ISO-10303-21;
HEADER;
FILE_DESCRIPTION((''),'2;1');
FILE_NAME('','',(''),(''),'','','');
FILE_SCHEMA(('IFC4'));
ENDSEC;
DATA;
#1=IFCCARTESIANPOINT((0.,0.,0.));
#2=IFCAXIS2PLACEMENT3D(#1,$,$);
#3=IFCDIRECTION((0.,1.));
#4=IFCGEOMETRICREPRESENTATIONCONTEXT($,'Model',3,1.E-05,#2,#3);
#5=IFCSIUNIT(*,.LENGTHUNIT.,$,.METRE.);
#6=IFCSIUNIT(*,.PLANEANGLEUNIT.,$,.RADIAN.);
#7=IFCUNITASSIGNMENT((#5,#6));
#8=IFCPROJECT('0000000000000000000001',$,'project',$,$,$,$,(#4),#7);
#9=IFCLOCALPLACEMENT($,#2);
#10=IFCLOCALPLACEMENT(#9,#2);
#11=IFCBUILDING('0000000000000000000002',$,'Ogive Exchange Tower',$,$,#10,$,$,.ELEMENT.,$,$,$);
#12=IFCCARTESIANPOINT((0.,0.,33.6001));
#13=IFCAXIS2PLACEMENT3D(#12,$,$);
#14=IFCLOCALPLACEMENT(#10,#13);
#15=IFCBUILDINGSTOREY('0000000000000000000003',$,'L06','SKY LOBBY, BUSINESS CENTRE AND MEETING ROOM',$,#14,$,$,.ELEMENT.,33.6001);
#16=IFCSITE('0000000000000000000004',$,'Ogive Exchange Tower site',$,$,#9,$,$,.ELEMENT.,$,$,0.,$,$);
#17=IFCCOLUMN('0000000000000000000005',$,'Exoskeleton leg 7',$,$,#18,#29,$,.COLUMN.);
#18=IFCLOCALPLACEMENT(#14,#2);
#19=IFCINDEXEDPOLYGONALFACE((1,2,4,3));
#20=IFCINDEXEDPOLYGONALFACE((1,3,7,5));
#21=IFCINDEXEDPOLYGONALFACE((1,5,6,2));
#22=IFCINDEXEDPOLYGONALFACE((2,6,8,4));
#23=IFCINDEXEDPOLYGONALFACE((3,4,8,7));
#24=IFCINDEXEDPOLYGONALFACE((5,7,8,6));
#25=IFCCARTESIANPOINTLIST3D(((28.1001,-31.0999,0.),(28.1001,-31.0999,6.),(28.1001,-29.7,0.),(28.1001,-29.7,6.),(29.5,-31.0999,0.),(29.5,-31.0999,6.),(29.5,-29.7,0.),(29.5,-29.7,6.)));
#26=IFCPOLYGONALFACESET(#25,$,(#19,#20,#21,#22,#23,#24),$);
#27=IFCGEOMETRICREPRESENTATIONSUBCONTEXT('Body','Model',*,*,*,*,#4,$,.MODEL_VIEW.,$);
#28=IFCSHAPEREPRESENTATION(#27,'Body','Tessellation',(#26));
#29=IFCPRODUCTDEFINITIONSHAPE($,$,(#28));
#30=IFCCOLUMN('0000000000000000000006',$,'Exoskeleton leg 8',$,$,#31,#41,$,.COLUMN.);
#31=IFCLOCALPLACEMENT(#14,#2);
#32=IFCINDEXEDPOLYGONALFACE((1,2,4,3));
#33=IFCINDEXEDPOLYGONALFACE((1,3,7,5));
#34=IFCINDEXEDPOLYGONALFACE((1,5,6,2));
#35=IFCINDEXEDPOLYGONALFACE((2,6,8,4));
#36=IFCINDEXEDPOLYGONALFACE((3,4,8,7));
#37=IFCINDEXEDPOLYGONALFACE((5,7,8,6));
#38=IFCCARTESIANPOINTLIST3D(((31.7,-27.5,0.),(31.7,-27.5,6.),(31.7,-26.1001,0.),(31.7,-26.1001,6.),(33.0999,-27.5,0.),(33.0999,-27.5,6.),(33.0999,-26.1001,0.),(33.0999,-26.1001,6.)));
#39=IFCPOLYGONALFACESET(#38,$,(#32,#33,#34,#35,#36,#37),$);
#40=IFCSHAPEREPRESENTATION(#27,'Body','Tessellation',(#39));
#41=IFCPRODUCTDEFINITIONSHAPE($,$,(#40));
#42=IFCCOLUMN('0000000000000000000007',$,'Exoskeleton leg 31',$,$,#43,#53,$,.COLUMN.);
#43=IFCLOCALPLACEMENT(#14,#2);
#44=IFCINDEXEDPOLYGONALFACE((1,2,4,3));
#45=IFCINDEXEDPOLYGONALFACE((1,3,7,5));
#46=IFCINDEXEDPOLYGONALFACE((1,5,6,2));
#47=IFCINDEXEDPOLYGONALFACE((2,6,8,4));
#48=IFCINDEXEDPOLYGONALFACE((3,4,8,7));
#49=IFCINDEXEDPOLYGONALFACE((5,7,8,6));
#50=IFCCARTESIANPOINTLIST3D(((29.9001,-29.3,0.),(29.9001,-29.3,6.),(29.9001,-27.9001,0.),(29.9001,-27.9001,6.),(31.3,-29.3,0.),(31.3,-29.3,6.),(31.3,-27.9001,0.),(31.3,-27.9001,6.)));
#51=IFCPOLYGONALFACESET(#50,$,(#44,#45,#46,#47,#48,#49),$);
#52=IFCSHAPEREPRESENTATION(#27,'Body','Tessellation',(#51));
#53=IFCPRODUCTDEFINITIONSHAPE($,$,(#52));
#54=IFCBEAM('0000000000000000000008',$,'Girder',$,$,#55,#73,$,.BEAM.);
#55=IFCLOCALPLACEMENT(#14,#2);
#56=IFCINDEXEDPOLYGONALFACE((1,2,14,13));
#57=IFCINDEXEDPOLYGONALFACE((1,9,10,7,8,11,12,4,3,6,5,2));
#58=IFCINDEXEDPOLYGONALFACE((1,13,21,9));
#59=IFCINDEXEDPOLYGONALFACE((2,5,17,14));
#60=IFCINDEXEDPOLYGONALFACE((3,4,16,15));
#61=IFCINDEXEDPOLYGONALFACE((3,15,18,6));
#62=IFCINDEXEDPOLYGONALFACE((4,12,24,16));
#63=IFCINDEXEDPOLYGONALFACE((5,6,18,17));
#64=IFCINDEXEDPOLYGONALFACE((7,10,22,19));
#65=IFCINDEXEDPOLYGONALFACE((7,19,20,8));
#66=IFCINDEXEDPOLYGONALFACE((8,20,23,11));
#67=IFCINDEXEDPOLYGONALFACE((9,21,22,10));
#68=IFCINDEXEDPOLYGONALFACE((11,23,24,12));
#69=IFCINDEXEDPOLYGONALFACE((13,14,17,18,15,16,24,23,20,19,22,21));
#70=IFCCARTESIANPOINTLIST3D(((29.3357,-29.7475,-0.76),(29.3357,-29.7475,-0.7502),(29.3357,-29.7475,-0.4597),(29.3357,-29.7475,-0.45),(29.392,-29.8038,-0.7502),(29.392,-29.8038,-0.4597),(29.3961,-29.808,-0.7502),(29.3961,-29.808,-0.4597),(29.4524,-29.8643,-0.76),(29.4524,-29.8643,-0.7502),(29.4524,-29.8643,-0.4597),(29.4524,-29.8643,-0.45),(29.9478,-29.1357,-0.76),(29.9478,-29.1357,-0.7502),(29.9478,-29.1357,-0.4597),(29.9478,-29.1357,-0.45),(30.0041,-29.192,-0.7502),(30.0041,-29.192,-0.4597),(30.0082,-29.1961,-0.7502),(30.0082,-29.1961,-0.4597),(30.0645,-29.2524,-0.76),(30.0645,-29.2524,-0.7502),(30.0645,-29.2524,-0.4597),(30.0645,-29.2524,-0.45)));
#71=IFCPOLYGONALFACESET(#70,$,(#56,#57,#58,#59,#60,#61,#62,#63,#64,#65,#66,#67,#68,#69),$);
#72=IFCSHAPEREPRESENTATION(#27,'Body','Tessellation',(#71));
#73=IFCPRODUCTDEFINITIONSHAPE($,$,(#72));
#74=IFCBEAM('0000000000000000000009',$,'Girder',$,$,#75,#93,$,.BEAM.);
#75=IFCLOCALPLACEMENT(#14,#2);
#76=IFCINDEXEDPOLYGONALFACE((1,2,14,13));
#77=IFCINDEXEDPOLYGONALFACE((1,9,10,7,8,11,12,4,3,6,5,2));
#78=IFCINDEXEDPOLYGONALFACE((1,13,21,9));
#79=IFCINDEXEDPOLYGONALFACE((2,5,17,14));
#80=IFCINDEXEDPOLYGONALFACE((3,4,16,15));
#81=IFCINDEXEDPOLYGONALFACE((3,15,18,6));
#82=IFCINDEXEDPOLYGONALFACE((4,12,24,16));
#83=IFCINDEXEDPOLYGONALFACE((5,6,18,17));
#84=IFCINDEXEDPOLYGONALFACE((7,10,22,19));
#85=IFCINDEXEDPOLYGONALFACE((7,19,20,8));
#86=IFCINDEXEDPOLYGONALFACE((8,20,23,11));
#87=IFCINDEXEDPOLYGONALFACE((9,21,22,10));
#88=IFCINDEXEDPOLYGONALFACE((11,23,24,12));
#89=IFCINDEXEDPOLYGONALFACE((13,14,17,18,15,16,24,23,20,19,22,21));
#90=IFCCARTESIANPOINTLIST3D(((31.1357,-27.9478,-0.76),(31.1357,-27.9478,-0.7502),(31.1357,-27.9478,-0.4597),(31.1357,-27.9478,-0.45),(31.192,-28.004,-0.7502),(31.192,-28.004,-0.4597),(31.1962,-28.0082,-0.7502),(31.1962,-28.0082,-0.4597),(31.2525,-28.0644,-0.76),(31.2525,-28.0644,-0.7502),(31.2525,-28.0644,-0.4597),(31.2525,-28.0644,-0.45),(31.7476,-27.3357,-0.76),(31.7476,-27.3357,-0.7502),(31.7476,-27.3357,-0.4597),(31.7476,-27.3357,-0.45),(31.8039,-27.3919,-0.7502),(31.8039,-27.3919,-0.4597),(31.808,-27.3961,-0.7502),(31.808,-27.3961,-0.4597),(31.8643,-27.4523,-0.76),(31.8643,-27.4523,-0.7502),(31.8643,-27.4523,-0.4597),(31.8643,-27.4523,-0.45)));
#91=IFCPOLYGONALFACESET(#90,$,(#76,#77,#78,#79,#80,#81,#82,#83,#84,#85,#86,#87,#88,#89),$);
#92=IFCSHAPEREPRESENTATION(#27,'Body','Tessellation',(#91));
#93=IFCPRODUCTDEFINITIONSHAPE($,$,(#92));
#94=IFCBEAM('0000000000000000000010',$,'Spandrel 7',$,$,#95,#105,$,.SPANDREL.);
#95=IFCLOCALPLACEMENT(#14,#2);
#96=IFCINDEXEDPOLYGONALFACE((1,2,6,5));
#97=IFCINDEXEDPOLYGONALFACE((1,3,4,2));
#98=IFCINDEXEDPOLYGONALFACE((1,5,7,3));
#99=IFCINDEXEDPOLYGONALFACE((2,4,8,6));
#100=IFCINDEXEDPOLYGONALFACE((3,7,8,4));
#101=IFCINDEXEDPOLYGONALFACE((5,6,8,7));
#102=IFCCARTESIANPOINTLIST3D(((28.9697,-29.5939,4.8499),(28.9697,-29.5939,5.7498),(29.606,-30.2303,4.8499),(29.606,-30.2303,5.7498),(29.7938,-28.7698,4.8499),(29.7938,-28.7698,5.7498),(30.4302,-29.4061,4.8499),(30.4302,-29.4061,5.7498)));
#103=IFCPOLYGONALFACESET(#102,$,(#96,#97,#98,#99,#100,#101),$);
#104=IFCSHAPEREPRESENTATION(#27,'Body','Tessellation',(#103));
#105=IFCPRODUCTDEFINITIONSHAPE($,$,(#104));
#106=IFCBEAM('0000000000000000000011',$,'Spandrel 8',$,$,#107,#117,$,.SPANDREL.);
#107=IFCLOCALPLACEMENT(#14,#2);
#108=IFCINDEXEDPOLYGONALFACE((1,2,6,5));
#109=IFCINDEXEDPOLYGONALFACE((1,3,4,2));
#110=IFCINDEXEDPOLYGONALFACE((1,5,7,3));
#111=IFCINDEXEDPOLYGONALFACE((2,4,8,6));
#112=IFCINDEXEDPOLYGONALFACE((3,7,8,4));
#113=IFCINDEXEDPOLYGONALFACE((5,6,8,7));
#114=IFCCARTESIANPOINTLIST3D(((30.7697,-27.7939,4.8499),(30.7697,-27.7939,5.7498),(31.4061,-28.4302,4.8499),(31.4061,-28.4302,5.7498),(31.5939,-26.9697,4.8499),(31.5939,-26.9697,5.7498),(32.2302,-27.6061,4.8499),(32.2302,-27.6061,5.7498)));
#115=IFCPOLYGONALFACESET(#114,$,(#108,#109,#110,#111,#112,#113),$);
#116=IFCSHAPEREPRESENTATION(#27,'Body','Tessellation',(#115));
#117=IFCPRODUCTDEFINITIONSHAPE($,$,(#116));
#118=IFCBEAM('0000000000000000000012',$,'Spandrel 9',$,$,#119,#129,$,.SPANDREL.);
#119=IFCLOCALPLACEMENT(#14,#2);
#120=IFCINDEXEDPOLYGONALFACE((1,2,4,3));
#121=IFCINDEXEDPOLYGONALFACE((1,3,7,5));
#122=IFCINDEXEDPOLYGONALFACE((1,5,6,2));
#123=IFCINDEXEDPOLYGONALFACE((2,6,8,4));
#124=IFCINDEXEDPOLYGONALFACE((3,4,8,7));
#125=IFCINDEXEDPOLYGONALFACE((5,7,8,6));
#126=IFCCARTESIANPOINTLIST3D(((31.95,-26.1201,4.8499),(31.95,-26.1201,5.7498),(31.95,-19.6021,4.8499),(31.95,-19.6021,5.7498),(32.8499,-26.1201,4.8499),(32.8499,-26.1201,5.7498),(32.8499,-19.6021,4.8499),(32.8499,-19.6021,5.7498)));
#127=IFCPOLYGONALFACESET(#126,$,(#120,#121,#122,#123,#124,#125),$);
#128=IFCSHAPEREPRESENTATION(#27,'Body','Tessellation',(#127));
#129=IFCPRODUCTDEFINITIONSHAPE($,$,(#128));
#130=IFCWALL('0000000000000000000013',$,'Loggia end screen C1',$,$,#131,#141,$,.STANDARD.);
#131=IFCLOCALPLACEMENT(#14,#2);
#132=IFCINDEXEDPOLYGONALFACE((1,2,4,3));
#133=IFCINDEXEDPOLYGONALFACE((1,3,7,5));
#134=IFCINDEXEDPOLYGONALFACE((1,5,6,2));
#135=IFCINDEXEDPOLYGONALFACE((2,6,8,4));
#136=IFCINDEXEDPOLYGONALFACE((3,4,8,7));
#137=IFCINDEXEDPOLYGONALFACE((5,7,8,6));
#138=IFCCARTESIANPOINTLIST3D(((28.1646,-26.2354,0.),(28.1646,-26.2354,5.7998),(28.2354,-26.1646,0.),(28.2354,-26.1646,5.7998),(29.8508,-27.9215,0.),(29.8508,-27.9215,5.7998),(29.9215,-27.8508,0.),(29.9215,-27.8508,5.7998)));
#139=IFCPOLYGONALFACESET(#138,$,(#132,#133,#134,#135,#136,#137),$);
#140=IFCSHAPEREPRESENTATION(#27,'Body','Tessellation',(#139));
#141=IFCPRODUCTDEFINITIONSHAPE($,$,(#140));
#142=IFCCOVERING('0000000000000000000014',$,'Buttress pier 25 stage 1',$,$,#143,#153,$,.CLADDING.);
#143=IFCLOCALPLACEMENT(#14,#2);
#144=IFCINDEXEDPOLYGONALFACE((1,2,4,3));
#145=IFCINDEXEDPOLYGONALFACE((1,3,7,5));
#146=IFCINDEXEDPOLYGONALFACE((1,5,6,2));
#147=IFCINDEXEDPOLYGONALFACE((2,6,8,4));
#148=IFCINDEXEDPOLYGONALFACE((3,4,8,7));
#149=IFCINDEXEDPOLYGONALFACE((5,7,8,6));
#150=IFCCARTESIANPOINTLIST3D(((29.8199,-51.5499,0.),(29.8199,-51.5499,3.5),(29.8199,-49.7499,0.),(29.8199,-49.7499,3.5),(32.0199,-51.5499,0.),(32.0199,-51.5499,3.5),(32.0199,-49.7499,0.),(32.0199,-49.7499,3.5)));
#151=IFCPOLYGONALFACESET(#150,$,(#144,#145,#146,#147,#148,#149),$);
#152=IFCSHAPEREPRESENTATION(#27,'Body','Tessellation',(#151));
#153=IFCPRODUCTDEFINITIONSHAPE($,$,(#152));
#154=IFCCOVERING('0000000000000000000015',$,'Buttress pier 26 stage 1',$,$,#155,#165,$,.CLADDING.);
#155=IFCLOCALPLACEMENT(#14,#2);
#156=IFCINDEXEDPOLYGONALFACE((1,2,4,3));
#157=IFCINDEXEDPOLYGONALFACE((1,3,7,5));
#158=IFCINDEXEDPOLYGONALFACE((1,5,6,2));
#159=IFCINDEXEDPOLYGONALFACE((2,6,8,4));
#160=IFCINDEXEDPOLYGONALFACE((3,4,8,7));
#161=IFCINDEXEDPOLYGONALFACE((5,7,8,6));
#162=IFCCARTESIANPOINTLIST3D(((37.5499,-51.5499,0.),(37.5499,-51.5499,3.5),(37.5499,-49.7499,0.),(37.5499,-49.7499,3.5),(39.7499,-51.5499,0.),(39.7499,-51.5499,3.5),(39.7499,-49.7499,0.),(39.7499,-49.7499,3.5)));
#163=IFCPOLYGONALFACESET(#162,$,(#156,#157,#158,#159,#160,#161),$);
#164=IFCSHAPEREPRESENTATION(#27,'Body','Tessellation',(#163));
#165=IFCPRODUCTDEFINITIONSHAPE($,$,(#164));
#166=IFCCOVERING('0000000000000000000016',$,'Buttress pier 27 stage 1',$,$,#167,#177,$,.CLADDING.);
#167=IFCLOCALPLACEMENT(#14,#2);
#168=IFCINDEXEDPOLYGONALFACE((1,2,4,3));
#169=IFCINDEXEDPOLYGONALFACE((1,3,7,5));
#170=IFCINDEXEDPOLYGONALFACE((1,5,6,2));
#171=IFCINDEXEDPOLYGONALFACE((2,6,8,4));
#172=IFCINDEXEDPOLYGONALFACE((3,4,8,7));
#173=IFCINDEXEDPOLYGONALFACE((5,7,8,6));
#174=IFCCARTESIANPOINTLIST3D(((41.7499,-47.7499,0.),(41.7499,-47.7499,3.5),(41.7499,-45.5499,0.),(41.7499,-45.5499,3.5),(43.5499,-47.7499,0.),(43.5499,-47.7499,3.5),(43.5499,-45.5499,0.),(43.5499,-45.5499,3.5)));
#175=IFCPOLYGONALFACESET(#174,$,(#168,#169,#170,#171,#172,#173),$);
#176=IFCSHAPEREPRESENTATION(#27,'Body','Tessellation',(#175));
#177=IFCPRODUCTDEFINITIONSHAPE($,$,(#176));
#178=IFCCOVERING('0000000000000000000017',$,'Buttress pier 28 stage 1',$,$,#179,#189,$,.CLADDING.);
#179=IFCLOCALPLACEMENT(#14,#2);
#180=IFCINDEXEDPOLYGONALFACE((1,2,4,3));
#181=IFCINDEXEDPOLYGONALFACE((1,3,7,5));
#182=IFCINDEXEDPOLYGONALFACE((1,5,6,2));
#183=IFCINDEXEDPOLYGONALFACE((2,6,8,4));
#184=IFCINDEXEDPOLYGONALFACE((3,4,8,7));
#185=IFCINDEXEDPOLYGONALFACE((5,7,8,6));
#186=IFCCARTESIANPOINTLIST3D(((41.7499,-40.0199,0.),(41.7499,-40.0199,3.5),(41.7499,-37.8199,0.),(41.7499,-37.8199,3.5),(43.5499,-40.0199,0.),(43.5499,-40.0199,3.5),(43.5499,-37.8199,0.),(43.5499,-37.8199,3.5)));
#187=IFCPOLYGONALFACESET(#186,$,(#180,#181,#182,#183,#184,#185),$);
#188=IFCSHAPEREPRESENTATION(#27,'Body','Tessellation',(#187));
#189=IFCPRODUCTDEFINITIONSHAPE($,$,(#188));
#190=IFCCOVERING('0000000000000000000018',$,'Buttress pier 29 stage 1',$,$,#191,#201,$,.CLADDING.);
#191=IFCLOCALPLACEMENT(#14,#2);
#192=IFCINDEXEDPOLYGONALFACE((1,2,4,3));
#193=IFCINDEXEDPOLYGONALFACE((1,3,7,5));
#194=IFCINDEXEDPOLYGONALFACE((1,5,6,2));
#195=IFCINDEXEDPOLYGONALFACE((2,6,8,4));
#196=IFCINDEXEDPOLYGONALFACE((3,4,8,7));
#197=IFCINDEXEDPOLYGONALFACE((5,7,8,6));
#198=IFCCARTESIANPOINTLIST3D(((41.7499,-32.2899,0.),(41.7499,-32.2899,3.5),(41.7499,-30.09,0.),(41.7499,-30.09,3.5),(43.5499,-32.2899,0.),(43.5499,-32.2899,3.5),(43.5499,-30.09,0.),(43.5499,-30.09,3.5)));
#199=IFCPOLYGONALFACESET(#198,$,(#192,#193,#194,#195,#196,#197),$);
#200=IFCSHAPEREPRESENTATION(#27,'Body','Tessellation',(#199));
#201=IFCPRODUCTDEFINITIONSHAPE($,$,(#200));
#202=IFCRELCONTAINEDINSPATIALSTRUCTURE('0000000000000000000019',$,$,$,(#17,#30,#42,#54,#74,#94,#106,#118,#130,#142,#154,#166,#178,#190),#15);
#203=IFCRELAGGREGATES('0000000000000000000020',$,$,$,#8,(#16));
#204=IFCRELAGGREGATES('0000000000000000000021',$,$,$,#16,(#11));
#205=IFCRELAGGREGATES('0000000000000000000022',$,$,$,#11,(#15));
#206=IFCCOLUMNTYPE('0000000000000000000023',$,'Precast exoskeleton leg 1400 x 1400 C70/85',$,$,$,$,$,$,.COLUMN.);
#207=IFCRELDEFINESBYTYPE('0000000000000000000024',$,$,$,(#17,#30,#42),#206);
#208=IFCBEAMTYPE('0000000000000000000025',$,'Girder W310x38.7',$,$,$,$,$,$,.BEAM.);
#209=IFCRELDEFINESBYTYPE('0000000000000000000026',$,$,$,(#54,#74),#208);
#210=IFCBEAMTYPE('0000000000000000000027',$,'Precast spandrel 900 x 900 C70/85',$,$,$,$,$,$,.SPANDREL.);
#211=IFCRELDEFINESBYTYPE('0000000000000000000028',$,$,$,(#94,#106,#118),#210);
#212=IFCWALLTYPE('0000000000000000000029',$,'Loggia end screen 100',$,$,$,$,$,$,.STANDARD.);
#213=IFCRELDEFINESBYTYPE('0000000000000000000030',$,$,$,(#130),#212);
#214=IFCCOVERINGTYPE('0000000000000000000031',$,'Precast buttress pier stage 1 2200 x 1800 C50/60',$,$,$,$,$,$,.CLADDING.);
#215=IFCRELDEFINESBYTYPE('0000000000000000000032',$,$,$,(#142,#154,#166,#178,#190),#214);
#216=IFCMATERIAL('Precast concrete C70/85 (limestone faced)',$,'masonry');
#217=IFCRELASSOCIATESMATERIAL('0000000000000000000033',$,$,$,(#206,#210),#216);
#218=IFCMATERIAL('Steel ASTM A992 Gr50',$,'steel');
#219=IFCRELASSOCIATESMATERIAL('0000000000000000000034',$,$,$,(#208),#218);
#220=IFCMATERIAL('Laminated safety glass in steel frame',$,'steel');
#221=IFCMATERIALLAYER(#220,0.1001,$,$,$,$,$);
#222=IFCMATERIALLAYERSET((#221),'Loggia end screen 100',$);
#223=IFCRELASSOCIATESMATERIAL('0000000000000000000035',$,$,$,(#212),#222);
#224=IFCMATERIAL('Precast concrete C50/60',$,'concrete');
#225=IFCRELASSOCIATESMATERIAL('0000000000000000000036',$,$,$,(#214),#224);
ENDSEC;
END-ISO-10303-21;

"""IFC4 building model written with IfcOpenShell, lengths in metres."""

from ifc_helpers import new_model, si_unit, direction, frame, frame_2d, origin, origin_2d, place, context, subcontext, project, spatial, rectangle, i_section, extrude, material, layer, layer_set, material_profile, profile_set, type_object, element, save


model = new_model("IFC4")

# Units and contexts
model_context = context("Model", 3, precision=1e-05, world=origin(), true_north=direction((0.0, 1.0)))
body_context = subcontext(model_context, "Body", "Model", "MODEL_VIEW")
ifc_project = project(units=[si_unit("LENGTHUNIT", "METRE"), si_unit("PLANEANGLEUNIT", "RADIAN")], contexts=[model_context])

# Site, building, storey
site_placement = place(None, origin())
site = spatial("IfcSite", under=ifc_project, at=site_placement, Name="Ogive Exchange Tower site", CompositionType="ELEMENT", RefElevation=0.0)
building_placement = place(site_placement, origin())
building = spatial("IfcBuilding", under=site, at=building_placement, Name="Ogive Exchange Tower", CompositionType="ELEMENT")
storey_placement = place(building_placement, frame((0.0, 0.0, 33.6001)))
storey = spatial("IfcBuildingStorey", under=building, at=storey_placement, Name="L06", Description="SKY LOBBY, BUSINESS CENTRE AND MEETING ROOM", CompositionType="ELEMENT", Elevation=33.6001)

# Columns
ifc_material_1 = material(Name="Precast concrete C70/85 (limestone faced)", Category="masonry")
ifc_material_profile_1 = material_profile(ifc_material_1, rectangle(XDim=1.3999, YDim=1.3999, at=origin_2d()), Name="1400 x 1400")
ifc_profile_set_1 = profile_set([ifc_material_profile_1], Name="Precast concrete C70/85 (limestone faced)")
column_type = type_object("IfcColumnType", Name="Precast exoskeleton leg 1400 x 1400 C70/85", PredefinedType="COLUMN", material=ifc_profile_set_1)
for number, where, z_axis, x_axis, name in (
    (1, (28.8, -30.3999, 0.0), (0.0, 0.0, 1.0), (1.0, 0.0, 0.0), "Exoskeleton leg 7"),
    (2, (32.3999, -26.8, 0.0), (0.0, 0.0, 1.0), (1.0, 0.0, 0.0), "Exoskeleton leg 8"),
    (3, (30.6001, -28.6001, 0.0), (0.0, 0.0, 1.0), (1.0, 0.0, 0.0), "Exoskeleton leg 31"),
):
    element("IfcColumn", number, at=place(storey_placement, frame(where, z_axis=z_axis, x_axis=x_axis)), inside=storey, type_object=column_type, Name=name, PredefinedType="COLUMN", context=body_context, shape_type="SweptSolid", body=[
        extrude(rectangle(XDim=1.3999, YDim=1.3999, at=origin_2d()), origin(), (0.0, 0.0, 1.0), 6.0),
    ])

# Beams
ifc_material_2 = material(Name="Steel ASTM A992 Gr50", Category="steel")
ifc_material_profile_2 = material_profile(ifc_material_2, i_section(OverallWidth=0.165, OverallDepth=0.3101, WebThickness=0.0059, FlangeThickness=0.0098, at=origin_2d()), Name="W310x38.7")
ifc_profile_set_2 = profile_set([ifc_material_profile_2], Name="Steel ASTM A992 Gr50")
beam_type_1 = type_object("IfcBeamType", Name="Girder W310x38.7", PredefinedType="BEAM", material=ifc_profile_set_2)
for number, where, z_axis, x_axis, name in (
    (4, (29.394, -29.8059, -0.605), (0.707248, 0.706966, 0.0), (-0.706966, 0.707248, 0.0), "Girder"),
    (5, (31.1941, -28.0061, -0.605), (0.706966, 0.707248, 0.0), (-0.707248, 0.706966, 0.0), "Girder"),
):
    element("IfcBeam", number, at=place(storey_placement, frame(where, z_axis=z_axis, x_axis=x_axis)), inside=storey, type_object=beam_type_1, Name=name, PredefinedType="BEAM", context=body_context, shape_type="SweptSolid", body=[
        extrude(i_section(OverallWidth=0.165, OverallDepth=0.3101, WebThickness=0.0059, FlangeThickness=0.0098, at=origin_2d()), origin(), (0.0, 0.0, 1.0), 0.8655),
    ])
ifc_material_profile_3 = material_profile(ifc_material_1, rectangle(XDim=0.8999, YDim=0.8999, at=origin_2d()), Name="900 x 900")
ifc_profile_set_3 = profile_set([ifc_material_profile_3], Name="Precast concrete C70/85 (limestone faced)")
beam_type_2 = type_object("IfcBeamType", Name="Precast spandrel 900 x 900 C70/85", PredefinedType="SPANDREL", material=ifc_profile_set_3)
for number, where, z_axis, x_axis, name in (
    (6, (29.2878, -29.9121, 5.2998), (0.707107, 0.707107, 0.0), (-0.707107, 0.707107, 0.0), "Spandrel 7"),
    (7, (31.0879, -28.1121, 5.2998), (0.707107, 0.707107, 0.0), (-0.707107, 0.707107, 0.0), "Spandrel 8"),
):
    element("IfcBeam", number, at=place(storey_placement, frame(where, z_axis=z_axis, x_axis=x_axis)), inside=storey, type_object=beam_type_2, Name=name, PredefinedType="SPANDREL", context=body_context, shape_type="SweptSolid", body=[
        extrude(rectangle(XDim=0.8999, YDim=0.8999, at=origin_2d()), origin(), (0.0, 0.0, 1.0), 1.1655),
    ])
beam_placement = place(storey_placement, frame((32.3999, -26.1201, 5.2998), z_axis=(0.0, 1.0, 0.0), x_axis=(-1.0, 0.0, 0.0)))
element("IfcBeam", 8, at=beam_placement, inside=storey, type_object=beam_type_2, Name="Spandrel 9", PredefinedType="SPANDREL", context=body_context, shape_type="SweptSolid", body=[
    extrude(rectangle(XDim=0.8999, YDim=0.8999, at=origin_2d()), origin(), (0.0, 0.0, 1.0), 6.5181),
])

# Wall
ifc_material_3 = material(Name="Laminated safety glass in steel frame", Category="steel")
ifc_layer = layer(ifc_material_3, 0.1001)
ifc_layer_set = layer_set([ifc_layer], Name="Loggia end screen 100")
wall_type = type_object("IfcWallType", Name="Loggia end screen 100", PredefinedType="STANDARD", material=ifc_layer_set)
wall_placement = place(storey_placement, frame((28.2, -26.2, 0.0), z_axis=(0.0, 0.0, 1.0), x_axis=(0.707107, -0.707107, 0.0)))
element("IfcWall", 9, at=wall_placement, inside=storey, type_object=wall_type, Name="Loggia end screen C1", PredefinedType="STANDARD", context=body_context, shape_type="SweptSolid", body=[
    extrude(rectangle(XDim=2.3845, YDim=0.1001, at=frame_2d((1.1924, 0.0))), origin(), (0.0, 0.0, 1.0), 5.7998),
])

# Coverings
ifc_material_4 = material(Name="Precast concrete C50/60", Category="concrete")
ifc_material_profile_4 = material_profile(ifc_material_4, rectangle(XDim=2.2, YDim=1.8, at=origin_2d()), Name="BUTTRESS PIER 1 2200 x 1800")
ifc_profile_set_4 = profile_set([ifc_material_profile_4], Name="Precast concrete C50/60")
covering_type_1 = type_object("IfcCoveringType", Name="Precast buttress pier stage 1 2200 x 1800 C50/60", PredefinedType="CLADDING", material=ifc_profile_set_4)
for number, where, z_axis, x_axis, name in (
    (10, (30.9199, -50.6499, 0.0), (0.0, 0.0, 1.0), (1.0, 0.0, 0.0), "Buttress pier 25 stage 1"),
    (11, (38.6499, -50.6499, 0.0), (0.0, 0.0, 1.0), (1.0, 0.0, 0.0), "Buttress pier 26 stage 1"),
    (12, (42.6499, -46.6499, 0.0), (0.0, 0.0, 1.0), (0.0, 1.0, 0.0), "Buttress pier 27 stage 1"),
    (13, (42.6499, -38.9199, 0.0), (0.0, 0.0, 1.0), (0.0, 1.0, 0.0), "Buttress pier 28 stage 1"),
    (14, (42.6499, -31.1899, 0.0), (0.0, 0.0, 1.0), (0.0, 1.0, 0.0), "Buttress pier 29 stage 1"),
):
    element("IfcCovering", number, at=place(storey_placement, frame(where, z_axis=z_axis, x_axis=x_axis)), inside=storey, type_object=covering_type_1, Name=name, PredefinedType="CLADDING", context=body_context, shape_type="SweptSolid", body=[
        extrude(rectangle(XDim=2.2, YDim=1.8, at=origin_2d()), origin(), (0.0, 0.0, 1.0), 3.5),
    ])

save(model, "model.ifc")
